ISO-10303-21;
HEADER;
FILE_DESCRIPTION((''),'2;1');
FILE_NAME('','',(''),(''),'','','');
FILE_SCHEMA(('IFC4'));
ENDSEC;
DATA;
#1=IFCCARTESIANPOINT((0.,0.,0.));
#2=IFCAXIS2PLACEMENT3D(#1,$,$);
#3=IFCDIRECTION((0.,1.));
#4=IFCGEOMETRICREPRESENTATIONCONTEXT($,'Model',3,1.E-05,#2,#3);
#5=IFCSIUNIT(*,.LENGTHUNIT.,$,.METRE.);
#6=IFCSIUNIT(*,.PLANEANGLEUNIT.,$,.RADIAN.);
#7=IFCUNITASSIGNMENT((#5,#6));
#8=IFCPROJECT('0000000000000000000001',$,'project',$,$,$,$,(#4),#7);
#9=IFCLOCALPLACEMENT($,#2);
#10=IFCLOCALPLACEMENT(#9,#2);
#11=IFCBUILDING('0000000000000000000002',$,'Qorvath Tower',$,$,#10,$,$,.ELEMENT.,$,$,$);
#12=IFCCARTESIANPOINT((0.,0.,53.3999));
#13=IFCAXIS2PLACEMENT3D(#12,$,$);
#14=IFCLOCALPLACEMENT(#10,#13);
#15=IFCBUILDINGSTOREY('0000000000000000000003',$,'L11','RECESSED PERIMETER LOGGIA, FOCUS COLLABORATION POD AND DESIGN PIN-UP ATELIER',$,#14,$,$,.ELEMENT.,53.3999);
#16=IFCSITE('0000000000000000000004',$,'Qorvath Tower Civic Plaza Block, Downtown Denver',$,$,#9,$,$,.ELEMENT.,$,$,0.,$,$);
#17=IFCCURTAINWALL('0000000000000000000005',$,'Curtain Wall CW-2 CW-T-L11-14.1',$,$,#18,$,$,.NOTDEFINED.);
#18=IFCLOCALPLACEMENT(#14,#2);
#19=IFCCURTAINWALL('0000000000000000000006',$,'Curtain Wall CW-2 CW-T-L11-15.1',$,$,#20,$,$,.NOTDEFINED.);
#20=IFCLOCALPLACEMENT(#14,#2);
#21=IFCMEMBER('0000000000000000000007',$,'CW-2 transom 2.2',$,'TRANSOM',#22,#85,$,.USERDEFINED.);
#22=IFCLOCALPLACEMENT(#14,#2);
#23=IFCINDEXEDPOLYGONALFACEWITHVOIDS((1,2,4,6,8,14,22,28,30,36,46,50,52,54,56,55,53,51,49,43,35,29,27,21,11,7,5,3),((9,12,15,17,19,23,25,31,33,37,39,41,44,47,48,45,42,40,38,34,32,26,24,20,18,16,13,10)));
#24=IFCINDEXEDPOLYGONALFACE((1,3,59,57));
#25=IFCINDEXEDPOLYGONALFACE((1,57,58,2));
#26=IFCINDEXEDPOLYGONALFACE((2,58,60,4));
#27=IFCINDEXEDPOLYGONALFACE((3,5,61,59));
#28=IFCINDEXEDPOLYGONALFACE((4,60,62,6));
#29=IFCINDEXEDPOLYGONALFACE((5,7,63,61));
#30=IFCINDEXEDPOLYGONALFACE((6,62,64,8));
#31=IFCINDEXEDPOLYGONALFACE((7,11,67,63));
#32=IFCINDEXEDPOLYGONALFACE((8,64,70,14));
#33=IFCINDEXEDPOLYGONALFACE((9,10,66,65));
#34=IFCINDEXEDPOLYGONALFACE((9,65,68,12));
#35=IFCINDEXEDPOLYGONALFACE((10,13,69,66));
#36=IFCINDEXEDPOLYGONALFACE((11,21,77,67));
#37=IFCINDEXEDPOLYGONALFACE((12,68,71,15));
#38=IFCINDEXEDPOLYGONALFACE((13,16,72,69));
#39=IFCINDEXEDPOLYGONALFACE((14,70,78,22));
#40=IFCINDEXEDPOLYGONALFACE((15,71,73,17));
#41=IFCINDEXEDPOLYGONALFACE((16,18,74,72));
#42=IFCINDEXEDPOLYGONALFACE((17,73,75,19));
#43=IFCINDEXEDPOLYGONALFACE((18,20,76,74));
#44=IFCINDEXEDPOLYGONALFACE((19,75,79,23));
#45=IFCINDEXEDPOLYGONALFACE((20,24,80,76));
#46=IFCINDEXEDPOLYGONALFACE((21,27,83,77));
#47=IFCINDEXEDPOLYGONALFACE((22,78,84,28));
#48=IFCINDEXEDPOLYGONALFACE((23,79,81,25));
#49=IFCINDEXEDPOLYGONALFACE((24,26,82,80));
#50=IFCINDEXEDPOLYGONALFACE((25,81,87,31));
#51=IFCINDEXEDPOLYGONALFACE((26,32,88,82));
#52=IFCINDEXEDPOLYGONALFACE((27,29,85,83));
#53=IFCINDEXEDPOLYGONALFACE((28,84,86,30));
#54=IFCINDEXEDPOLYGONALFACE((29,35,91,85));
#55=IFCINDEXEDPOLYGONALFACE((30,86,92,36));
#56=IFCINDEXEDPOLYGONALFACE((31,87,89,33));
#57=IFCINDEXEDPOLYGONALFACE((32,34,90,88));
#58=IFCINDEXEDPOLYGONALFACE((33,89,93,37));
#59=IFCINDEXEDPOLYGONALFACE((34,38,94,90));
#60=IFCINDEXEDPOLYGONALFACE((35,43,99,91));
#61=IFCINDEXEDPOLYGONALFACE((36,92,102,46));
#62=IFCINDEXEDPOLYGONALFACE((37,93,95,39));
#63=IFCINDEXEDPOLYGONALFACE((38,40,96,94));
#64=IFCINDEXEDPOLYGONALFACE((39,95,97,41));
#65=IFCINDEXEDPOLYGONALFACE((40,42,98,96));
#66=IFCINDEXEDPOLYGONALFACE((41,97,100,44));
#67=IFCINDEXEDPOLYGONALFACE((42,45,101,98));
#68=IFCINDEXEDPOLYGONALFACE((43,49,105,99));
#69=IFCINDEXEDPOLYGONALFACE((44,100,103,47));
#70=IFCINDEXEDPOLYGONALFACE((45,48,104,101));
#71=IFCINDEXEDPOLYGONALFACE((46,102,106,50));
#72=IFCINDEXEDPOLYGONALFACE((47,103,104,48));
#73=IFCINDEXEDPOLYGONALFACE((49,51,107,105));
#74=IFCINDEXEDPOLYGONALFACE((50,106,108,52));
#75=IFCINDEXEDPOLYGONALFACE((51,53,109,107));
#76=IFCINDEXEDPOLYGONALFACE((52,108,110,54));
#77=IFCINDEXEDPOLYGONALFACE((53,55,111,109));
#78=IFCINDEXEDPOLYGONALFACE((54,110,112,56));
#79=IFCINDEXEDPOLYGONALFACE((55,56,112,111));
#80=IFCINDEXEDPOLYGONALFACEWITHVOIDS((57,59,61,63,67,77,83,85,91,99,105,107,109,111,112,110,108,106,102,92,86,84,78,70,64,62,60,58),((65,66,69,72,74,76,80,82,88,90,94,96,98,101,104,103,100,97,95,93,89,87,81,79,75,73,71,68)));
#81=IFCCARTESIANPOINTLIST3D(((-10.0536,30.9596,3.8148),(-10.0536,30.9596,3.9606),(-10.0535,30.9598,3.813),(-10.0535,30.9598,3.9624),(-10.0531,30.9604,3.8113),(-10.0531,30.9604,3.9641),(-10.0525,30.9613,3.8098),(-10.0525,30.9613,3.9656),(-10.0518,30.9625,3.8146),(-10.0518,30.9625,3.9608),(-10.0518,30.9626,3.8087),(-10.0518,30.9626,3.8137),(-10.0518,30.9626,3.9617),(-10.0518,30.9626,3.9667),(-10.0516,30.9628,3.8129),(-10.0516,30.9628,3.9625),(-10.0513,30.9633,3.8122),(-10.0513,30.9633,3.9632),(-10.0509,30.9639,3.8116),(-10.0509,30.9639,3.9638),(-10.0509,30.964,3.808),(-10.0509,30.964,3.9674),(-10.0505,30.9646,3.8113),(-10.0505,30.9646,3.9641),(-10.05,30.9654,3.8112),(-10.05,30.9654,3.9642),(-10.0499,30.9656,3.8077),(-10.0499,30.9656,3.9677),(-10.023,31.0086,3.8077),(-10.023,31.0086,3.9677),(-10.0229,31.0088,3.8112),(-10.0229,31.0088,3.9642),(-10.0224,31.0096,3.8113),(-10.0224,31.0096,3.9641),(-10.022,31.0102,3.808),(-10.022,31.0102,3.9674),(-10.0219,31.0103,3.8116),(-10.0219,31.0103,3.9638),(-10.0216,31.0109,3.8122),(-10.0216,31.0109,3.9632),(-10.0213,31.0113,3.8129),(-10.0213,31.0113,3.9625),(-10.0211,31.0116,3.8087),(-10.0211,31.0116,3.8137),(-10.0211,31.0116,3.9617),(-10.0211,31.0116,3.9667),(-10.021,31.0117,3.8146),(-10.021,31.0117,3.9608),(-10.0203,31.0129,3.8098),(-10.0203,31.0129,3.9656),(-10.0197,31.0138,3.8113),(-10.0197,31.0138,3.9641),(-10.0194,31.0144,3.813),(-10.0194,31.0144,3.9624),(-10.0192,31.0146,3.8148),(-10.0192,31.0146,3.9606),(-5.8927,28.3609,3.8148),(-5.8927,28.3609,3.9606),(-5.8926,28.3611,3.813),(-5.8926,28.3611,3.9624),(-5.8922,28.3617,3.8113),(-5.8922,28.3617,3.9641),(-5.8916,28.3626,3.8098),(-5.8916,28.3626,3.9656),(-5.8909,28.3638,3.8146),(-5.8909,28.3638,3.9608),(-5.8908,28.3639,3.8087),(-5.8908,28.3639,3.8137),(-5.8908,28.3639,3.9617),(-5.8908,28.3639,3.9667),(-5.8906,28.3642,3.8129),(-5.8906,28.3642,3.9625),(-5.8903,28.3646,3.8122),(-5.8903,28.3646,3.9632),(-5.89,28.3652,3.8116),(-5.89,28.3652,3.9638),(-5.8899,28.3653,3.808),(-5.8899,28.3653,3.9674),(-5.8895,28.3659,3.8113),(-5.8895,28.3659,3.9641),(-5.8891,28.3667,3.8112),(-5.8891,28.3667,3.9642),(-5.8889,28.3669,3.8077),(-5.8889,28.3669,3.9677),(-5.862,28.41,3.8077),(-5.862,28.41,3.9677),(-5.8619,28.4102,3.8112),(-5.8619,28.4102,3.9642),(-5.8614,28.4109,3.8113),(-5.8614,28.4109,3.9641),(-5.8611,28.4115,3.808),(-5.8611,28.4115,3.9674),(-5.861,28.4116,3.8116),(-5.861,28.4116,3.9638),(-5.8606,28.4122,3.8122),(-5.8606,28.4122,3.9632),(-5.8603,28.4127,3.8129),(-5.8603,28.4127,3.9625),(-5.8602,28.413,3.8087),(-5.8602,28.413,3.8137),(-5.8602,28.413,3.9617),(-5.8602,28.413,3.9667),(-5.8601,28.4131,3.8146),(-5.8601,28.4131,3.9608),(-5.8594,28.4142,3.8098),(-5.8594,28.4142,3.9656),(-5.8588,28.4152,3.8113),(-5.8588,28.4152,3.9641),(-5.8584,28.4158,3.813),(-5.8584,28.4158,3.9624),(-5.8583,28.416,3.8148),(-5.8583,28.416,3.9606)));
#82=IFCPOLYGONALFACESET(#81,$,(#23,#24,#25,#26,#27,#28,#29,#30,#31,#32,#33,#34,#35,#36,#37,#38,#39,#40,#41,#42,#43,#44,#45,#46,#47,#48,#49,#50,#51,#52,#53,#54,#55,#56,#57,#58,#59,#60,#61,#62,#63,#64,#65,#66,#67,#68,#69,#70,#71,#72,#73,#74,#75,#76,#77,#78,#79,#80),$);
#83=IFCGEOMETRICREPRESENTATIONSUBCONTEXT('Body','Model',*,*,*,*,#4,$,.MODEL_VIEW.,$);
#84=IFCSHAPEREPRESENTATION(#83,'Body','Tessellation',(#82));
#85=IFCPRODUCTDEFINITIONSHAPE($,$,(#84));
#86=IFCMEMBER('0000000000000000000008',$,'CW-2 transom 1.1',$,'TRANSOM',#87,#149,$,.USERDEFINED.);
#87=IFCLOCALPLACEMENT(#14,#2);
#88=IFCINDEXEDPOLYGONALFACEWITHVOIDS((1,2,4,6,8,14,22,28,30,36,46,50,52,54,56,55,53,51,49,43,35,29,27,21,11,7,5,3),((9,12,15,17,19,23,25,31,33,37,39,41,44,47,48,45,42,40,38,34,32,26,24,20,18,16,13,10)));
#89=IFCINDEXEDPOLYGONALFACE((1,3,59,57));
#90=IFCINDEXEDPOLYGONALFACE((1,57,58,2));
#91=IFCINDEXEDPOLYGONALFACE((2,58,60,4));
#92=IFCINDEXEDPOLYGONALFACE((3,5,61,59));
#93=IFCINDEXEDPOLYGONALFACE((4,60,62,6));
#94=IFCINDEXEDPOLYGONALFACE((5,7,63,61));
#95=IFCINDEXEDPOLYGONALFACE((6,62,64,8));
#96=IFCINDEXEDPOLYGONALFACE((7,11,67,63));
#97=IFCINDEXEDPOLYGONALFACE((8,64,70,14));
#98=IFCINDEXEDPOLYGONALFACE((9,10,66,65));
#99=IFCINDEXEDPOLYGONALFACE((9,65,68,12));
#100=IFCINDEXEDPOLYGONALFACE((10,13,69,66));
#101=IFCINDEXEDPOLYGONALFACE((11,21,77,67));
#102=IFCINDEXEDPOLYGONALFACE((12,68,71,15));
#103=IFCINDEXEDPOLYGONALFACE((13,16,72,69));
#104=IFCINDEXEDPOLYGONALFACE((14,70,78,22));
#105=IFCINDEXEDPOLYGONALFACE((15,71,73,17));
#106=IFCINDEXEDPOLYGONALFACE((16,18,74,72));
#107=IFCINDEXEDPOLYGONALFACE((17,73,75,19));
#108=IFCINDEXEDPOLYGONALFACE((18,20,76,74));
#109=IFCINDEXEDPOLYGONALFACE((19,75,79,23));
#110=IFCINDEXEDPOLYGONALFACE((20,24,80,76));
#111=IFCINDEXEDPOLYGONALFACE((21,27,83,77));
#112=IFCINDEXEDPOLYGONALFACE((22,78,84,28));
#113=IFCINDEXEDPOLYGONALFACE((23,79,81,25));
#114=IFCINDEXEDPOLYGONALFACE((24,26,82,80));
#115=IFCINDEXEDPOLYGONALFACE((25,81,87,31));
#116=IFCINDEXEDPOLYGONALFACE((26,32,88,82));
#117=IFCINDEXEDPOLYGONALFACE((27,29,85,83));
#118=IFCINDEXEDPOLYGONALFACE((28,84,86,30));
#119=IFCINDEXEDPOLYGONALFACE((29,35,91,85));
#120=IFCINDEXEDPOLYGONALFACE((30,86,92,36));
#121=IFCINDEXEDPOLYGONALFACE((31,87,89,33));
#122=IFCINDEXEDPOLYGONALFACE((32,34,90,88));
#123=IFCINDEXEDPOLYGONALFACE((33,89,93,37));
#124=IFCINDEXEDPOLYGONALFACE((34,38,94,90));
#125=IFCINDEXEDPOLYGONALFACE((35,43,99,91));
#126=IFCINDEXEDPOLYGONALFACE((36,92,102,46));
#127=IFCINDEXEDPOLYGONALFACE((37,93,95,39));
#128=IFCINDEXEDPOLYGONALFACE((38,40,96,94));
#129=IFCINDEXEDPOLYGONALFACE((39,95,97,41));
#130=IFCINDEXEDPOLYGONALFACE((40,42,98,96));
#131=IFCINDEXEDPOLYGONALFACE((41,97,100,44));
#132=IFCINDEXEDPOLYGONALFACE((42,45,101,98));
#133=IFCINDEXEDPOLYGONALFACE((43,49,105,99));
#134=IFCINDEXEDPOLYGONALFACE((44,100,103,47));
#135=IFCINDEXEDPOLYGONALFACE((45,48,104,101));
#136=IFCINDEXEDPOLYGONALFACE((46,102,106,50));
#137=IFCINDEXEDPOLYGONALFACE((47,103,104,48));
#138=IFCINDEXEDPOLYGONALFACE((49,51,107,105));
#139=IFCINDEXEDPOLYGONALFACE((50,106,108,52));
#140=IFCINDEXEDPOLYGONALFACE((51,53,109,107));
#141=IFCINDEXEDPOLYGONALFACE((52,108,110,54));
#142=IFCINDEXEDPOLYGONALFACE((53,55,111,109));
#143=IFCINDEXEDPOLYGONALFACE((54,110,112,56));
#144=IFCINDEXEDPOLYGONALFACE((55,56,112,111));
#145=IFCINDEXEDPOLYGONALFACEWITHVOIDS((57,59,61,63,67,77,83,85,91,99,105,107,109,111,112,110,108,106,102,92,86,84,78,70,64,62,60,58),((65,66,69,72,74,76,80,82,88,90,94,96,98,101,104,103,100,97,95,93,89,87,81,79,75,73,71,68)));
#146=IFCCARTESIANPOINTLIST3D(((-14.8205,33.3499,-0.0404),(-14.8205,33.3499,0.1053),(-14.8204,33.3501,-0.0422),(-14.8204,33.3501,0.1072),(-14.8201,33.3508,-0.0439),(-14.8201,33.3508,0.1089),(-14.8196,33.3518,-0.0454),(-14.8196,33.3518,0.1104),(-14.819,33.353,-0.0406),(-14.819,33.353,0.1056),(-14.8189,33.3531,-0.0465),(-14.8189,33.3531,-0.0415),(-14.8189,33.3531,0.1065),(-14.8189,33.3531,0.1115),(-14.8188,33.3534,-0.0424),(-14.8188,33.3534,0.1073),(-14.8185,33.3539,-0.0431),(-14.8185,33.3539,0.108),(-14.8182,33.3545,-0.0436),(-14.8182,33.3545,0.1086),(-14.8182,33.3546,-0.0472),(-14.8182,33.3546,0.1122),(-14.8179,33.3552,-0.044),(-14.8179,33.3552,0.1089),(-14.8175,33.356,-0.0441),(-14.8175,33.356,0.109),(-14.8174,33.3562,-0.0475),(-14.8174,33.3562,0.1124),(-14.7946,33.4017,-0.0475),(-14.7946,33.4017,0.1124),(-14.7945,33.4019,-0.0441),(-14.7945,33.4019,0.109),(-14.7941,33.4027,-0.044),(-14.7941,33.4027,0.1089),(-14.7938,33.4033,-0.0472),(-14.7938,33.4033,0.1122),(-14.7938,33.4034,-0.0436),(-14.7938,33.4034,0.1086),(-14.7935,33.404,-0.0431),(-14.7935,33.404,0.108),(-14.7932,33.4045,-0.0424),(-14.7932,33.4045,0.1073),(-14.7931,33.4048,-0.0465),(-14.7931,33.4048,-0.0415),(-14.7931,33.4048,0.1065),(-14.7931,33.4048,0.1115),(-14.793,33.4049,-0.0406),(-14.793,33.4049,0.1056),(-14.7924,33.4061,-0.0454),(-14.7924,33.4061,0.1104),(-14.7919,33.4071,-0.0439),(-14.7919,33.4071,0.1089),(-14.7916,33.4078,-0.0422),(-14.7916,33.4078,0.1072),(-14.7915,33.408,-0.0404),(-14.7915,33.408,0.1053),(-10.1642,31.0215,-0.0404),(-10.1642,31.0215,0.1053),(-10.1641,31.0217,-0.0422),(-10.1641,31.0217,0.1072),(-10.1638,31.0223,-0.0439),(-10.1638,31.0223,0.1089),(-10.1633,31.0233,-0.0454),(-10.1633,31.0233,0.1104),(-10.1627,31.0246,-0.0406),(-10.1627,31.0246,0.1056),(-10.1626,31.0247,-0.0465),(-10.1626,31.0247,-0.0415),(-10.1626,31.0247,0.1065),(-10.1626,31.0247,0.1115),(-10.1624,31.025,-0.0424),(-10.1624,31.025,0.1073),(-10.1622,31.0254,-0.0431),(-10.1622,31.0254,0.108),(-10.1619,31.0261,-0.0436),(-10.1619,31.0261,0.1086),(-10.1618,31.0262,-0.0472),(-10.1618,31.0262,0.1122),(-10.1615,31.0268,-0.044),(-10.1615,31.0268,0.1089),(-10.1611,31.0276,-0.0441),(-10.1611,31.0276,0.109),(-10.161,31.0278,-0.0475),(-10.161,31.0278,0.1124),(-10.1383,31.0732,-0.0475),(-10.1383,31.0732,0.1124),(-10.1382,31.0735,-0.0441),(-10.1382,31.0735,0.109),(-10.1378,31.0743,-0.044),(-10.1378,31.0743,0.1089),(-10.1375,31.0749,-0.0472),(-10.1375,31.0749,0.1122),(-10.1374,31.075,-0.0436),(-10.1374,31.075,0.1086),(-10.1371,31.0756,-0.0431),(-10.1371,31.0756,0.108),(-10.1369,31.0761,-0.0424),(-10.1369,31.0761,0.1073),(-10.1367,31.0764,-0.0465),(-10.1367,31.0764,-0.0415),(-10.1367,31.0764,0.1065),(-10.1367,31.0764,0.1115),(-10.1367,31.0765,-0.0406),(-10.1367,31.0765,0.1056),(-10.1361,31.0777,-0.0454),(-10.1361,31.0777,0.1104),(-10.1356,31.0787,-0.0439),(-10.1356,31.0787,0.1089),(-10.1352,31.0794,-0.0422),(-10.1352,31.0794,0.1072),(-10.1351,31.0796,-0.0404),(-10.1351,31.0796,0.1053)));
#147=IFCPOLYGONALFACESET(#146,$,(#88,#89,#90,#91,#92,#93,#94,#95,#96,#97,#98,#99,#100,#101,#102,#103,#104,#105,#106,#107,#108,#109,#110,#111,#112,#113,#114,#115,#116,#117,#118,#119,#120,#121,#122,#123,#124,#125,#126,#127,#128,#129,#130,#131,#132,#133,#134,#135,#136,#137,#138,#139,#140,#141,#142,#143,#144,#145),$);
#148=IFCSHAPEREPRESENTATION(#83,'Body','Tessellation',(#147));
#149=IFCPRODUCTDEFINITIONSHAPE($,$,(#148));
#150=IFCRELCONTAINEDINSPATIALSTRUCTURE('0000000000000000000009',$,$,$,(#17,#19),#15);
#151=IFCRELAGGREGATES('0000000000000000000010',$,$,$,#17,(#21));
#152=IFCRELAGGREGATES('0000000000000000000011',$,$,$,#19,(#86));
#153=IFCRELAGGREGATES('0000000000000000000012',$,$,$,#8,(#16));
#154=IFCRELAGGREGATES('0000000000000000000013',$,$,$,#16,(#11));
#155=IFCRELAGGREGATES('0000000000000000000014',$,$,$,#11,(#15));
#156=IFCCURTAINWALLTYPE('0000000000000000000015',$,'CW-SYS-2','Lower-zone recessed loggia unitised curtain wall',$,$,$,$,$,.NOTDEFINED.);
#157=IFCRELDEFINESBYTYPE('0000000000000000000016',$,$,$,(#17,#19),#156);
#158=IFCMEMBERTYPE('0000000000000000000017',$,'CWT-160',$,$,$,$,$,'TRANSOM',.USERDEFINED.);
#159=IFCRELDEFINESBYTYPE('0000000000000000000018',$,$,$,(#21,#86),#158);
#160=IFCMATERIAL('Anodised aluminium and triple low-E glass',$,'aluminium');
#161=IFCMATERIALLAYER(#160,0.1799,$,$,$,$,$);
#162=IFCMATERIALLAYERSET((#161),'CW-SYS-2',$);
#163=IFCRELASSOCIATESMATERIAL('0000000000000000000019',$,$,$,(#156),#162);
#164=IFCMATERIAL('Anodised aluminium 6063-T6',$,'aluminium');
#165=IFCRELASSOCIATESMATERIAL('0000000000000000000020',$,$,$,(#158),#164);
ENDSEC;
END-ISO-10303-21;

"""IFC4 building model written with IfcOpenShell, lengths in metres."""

from ifc_helpers import new_model, si_unit, direction, frame, origin, origin_2d, place, context, subcontext, project, spatial, hollow_rectangle, extrude, material, layer, layer_set, material_profile, profile_set, type_object, element, aggregate, save


model = new_model("IFC4")

# Units and contexts
model_context = context("Model", 3, precision=1e-05, world=origin(), true_north=direction((0.0, 1.0)))
body_context = subcontext(model_context, "Body", "Model", "MODEL_VIEW")
ifc_project = project(units=[si_unit("LENGTHUNIT", "METRE"), si_unit("PLANEANGLEUNIT", "RADIAN")], contexts=[model_context])

# Site, building, storey
site_placement = place(None, origin())
site = spatial("IfcSite", under=ifc_project, at=site_placement, Name="Qorvath Tower Civic Plaza Block, Downtown Denver", CompositionType="ELEMENT", RefElevation=0.0)
building_placement = place(site_placement, origin())
building = spatial("IfcBuilding", under=site, at=building_placement, Name="Qorvath Tower", CompositionType="ELEMENT")
storey_placement = place(building_placement, frame((0.0, 0.0, 53.3999)))
storey = spatial("IfcBuildingStorey", under=building, at=storey_placement, Name="L11", Description="RECESSED PERIMETER LOGGIA, FOCUS COLLABORATION POD AND DESIGN PIN-UP ATELIER", CompositionType="ELEMENT", Elevation=53.3999)

# Shared definitions
ifc_material_1 = material(Name="Anodised aluminium and triple low-E glass", Category="aluminium")
ifc_layer_1 = layer(ifc_material_1, 0.1799)
ifc_layer_set_1 = layer_set([ifc_layer_1], Name="CW-SYS-2")
curtain_wall_type = type_object("IfcCurtainWallType", Name="CW-SYS-2", Description="Lower-zone recessed loggia unitised curtain wall", PredefinedType="NOTDEFINED", material=ifc_layer_set_1)

# Curtain walls
curtain_wall_1_placement = place(storey_placement, origin())
curtain_wall_1 = element("IfcCurtainWall", 1, at=curtain_wall_1_placement, inside=storey, type_object=curtain_wall_type, Name="Curtain Wall CW-2 CW-T-L11-14.1", PredefinedType="NOTDEFINED")
curtain_wall_2_placement = place(storey_placement, origin())
curtain_wall_2 = element("IfcCurtainWall", 2, at=curtain_wall_2_placement, inside=storey, type_object=curtain_wall_type, Name="Curtain Wall CW-2 CW-T-L11-15.1", PredefinedType="NOTDEFINED")

# Members
ifc_material_2 = material(Name="Anodised aluminium 6063-T6", Category="aluminium")
ifc_material_profile_1 = material_profile(ifc_material_2, hollow_rectangle(XDim=0.0649, YDim=0.1599, WallThickness=0.0034, InnerFilletRadius=0.0034, OuterFilletRadius=0.0071, at=origin_2d()), Name="CWT 160x65")
ifc_profile_set_1 = profile_set([ifc_material_profile_1], Name="Anodised aluminium 6063-T6")
member_type_1 = type_object("IfcMemberType", Name="CWT-160", ElementType="TRANSOM", PredefinedType="USERDEFINED", material=ifc_profile_set_1)
member_1_placement = place(storey_placement, frame((-5.8755, 28.3884, 3.8877), z_axis=(-0.848174, 0.529717, 0.0), x_axis=(-0.529717, -0.848174, 0.0)))
member_1 = element("IfcMember", 3, at=member_1_placement, type_object=member_type_1, Name="CW-2 transom 2.2", ObjectType="TRANSOM", PredefinedType="USERDEFINED", context=body_context, shape_type="SweptSolid", body=[
    extrude(hollow_rectangle(XDim=0.0649, YDim=0.1599, WallThickness=0.0034, InnerFilletRadius=0.0034, OuterFilletRadius=0.0071, at=origin_2d()), origin(), (0.0, 0.0, 1.0), 4.9058),
])
member_2_placement = place(storey_placement, frame((-10.1497, 31.0505, 0.0325), z_axis=(-0.894408, 0.447251, 0.0), x_axis=(-0.447251, -0.894408, 0.0)))
member_2 = element("IfcMember", 4, at=member_2_placement, type_object=member_type_1, Name="CW-2 transom 1.1", ObjectType="TRANSOM", PredefinedType="USERDEFINED", context=body_context, shape_type="SweptSolid", body=[
    extrude(hollow_rectangle(XDim=0.0649, YDim=0.1599, WallThickness=0.0034, InnerFilletRadius=0.0034, OuterFilletRadius=0.0071, at=origin_2d()), origin(), (0.0, 0.0, 1.0), 5.2061),
])

aggregate(curtain_wall_1, [member_1])
aggregate(curtain_wall_2, [member_2])

save(model, "model.ifc")
